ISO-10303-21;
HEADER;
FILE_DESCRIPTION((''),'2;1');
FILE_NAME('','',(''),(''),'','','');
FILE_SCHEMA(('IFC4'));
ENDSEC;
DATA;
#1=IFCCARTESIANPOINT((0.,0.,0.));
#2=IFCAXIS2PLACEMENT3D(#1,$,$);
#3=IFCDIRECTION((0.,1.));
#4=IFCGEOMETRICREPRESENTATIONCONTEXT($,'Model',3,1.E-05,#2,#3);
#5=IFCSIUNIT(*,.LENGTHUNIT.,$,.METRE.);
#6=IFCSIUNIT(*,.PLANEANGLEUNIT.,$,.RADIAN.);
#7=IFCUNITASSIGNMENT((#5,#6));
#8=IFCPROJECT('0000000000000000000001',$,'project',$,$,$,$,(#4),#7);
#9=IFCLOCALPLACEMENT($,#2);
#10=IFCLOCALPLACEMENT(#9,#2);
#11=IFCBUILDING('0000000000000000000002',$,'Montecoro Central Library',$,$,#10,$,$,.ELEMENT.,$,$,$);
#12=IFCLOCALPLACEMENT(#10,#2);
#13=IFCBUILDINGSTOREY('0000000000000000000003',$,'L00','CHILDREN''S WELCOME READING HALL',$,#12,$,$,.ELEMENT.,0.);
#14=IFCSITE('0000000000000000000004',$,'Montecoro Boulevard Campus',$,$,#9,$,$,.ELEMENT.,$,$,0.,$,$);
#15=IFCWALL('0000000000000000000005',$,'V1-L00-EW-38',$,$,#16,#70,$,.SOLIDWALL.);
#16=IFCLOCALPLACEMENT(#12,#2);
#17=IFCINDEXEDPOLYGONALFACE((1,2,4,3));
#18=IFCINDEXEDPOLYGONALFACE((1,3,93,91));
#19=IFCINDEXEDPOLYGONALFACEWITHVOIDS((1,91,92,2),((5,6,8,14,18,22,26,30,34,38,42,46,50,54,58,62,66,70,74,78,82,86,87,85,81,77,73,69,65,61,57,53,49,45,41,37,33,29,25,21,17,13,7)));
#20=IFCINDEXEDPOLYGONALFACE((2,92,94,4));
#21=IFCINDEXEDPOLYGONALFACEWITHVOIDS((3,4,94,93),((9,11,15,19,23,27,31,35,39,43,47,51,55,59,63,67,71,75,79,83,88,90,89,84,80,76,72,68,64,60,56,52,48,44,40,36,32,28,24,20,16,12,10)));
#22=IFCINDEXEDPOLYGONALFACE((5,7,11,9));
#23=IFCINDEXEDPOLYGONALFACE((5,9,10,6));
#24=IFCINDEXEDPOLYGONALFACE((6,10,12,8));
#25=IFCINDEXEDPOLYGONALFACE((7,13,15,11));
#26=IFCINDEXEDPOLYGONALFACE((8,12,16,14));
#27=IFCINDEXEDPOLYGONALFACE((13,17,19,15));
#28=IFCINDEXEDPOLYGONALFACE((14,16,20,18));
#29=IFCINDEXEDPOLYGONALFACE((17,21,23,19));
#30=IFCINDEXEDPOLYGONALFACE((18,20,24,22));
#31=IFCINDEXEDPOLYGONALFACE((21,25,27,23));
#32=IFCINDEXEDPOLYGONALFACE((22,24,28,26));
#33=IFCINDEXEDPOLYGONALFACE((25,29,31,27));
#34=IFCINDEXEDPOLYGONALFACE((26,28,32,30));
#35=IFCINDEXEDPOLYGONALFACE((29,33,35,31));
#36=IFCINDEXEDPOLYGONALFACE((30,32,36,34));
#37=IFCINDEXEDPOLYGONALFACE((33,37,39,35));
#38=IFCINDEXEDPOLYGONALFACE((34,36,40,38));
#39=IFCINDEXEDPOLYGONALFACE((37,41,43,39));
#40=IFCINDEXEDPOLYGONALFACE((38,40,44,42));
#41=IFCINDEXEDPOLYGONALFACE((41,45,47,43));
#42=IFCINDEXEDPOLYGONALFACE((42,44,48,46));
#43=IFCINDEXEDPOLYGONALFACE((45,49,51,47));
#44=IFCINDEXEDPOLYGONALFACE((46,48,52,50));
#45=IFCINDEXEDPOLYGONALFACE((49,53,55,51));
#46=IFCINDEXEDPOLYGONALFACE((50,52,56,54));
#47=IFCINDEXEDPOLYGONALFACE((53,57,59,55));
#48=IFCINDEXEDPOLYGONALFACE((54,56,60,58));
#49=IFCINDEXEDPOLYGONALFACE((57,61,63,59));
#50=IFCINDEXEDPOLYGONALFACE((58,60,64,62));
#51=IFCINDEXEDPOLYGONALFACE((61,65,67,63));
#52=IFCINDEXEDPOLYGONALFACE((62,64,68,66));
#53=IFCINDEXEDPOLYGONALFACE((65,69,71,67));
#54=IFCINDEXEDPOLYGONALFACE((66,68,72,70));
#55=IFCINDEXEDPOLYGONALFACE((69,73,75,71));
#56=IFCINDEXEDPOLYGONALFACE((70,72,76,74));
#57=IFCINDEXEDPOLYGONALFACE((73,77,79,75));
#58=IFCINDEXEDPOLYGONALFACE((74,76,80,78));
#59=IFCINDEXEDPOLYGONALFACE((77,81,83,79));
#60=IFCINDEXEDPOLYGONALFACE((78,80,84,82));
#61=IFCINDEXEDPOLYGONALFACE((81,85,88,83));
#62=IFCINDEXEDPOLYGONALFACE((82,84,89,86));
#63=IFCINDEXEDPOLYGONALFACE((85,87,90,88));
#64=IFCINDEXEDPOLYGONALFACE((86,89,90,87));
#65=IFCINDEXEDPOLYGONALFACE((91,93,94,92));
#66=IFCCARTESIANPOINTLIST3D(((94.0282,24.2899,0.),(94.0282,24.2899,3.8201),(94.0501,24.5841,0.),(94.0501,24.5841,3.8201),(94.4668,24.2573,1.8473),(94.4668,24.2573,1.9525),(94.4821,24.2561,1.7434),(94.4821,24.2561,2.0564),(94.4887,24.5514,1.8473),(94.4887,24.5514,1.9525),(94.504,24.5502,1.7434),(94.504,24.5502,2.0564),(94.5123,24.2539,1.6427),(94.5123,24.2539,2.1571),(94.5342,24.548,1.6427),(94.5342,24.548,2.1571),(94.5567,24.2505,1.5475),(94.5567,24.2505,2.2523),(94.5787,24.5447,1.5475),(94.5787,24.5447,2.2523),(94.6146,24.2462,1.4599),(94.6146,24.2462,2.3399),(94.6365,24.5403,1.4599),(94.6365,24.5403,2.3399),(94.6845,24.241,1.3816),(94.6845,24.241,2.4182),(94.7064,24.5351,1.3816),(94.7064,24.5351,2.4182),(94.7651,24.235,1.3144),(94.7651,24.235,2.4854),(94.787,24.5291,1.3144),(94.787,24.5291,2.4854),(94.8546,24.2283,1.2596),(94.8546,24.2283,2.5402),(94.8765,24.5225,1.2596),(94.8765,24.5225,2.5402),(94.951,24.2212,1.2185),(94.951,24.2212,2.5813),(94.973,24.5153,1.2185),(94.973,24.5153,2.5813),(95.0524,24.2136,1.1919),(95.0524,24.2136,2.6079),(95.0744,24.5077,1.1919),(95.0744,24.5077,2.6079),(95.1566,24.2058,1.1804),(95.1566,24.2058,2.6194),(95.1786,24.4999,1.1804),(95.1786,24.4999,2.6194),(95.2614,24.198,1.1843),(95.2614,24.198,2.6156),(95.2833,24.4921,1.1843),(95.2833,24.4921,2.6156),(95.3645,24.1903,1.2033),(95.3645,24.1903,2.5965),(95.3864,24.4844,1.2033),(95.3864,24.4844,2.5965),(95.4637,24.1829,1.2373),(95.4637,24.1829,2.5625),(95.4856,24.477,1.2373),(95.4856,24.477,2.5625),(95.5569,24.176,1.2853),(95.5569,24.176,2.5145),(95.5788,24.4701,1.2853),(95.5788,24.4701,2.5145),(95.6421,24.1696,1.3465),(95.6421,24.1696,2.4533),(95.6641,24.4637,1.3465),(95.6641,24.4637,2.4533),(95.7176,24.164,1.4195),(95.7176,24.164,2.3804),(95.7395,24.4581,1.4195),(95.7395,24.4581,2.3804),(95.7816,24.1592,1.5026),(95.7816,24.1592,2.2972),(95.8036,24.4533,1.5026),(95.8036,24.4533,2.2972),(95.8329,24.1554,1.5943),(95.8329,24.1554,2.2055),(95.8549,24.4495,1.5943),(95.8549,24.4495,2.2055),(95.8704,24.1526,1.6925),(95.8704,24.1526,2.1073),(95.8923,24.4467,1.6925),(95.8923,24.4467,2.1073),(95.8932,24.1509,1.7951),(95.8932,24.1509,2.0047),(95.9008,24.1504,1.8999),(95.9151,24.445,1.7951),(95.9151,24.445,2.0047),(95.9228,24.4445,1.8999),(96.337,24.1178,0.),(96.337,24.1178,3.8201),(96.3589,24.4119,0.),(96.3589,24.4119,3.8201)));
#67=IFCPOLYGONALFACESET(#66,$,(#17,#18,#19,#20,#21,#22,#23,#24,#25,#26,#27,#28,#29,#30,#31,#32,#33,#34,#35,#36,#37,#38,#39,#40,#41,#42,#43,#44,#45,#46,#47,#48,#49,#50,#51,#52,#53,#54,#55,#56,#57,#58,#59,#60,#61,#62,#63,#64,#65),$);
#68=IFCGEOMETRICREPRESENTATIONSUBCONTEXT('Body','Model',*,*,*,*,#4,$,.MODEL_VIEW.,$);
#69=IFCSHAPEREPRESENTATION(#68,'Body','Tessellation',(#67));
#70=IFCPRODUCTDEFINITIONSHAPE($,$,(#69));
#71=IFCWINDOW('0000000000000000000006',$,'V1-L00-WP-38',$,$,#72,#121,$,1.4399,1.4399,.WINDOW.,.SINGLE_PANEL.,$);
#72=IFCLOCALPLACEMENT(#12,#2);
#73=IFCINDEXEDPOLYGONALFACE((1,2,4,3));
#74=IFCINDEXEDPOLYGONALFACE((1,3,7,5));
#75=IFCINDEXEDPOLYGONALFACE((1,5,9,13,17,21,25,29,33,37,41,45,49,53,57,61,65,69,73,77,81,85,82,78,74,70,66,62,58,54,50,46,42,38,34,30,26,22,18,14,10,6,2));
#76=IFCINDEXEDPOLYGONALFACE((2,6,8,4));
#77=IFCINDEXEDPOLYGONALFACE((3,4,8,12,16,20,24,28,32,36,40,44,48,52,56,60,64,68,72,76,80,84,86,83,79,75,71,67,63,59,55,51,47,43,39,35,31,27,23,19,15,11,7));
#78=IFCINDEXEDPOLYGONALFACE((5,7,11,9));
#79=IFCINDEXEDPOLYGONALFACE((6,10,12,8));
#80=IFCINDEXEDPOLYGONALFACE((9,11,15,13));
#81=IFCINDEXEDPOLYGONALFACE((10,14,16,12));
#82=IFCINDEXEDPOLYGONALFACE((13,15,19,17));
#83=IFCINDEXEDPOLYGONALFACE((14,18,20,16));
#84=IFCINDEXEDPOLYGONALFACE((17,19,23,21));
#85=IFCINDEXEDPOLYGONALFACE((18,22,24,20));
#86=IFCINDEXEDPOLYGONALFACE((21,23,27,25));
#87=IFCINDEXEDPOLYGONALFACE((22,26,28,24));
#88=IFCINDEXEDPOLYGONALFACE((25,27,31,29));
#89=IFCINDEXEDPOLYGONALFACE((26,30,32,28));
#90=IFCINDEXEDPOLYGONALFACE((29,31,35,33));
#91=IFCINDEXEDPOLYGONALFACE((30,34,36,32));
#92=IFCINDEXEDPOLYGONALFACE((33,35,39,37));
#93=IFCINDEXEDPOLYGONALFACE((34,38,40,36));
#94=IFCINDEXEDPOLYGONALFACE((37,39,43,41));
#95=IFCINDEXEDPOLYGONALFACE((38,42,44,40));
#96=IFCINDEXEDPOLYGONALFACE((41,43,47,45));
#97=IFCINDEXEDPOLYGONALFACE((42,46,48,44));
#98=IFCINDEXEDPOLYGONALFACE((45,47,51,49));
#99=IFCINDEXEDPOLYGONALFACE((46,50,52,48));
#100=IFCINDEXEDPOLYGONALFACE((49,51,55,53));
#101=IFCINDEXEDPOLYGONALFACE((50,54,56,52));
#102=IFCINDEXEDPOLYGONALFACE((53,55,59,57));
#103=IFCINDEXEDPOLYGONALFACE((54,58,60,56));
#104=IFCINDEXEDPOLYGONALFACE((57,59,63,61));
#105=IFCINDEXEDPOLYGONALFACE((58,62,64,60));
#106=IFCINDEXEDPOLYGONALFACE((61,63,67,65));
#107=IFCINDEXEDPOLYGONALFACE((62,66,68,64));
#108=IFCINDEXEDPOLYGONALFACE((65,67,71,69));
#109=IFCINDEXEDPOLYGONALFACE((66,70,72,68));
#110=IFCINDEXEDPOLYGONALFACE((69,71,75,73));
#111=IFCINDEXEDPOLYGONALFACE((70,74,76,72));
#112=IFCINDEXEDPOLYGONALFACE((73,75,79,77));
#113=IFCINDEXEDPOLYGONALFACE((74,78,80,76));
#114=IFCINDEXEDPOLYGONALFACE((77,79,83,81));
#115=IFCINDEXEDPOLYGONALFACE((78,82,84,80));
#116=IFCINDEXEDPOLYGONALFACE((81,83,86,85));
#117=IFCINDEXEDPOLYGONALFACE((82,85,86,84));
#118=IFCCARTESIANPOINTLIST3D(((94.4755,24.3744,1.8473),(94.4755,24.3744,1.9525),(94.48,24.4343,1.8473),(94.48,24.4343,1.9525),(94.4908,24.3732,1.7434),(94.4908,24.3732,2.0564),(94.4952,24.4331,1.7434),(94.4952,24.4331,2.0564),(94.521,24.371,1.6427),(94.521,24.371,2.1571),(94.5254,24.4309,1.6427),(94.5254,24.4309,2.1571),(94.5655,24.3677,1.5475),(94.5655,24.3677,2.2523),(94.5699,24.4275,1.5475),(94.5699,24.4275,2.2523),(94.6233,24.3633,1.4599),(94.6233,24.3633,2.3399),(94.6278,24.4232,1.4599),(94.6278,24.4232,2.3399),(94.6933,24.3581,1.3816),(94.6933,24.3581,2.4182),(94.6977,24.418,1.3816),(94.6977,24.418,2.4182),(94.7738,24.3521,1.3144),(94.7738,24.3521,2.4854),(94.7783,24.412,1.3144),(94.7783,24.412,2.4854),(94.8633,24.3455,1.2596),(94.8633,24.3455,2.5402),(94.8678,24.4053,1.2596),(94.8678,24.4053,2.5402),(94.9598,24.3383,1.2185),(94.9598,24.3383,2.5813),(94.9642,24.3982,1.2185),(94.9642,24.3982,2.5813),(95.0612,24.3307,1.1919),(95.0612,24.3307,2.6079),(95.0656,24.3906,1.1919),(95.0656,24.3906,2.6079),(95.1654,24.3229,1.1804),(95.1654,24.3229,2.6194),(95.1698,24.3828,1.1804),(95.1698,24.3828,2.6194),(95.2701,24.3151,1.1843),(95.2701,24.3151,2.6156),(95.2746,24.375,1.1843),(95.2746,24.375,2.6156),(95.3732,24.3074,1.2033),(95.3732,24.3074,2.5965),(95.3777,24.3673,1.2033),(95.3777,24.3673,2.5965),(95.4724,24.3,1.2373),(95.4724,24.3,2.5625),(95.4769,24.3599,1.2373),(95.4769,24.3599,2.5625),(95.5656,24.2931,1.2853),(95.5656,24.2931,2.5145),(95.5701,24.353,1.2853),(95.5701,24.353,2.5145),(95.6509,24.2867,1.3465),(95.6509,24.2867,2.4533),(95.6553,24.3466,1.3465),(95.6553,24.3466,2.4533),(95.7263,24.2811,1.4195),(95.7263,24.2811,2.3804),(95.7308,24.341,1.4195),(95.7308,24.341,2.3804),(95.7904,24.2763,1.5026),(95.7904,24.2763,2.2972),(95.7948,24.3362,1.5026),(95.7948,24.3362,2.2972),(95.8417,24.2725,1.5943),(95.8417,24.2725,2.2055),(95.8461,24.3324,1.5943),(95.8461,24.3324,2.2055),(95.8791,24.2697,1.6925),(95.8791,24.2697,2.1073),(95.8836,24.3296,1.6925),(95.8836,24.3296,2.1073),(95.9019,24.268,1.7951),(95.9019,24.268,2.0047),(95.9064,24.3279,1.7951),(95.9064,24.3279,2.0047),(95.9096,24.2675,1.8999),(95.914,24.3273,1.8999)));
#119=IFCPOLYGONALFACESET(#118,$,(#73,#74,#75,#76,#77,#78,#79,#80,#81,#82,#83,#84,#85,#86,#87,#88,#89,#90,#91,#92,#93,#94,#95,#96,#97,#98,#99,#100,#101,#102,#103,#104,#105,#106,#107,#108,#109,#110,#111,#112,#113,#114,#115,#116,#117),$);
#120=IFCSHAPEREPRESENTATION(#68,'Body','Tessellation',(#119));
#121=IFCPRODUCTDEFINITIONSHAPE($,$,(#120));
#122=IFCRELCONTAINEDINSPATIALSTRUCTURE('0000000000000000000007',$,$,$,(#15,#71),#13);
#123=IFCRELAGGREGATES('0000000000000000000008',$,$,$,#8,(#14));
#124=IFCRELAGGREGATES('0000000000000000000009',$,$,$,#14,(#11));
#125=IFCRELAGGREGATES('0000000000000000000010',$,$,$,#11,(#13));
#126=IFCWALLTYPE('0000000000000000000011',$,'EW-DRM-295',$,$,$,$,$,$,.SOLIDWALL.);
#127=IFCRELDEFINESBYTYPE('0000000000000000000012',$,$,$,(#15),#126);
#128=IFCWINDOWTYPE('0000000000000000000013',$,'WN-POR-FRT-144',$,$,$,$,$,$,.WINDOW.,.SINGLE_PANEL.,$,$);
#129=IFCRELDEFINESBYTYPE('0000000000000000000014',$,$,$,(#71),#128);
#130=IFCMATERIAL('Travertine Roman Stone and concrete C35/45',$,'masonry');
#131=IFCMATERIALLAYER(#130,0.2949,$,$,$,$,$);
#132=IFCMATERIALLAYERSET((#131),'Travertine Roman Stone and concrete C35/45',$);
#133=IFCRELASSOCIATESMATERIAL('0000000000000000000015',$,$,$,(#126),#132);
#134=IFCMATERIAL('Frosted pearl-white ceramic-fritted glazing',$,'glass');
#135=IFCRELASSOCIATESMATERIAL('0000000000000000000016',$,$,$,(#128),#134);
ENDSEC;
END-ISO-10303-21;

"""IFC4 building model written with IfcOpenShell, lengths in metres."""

from ifc_helpers import new_model, si_unit, direction, frame, frame_2d, origin, place, context, subcontext, project, spatial, rectangle, circle, extrude, material, layer, layer_set, type_object, element, fill, save


model = new_model("IFC4")

# Units and contexts
model_context = context("Model", 3, precision=1e-05, world=origin(), true_north=direction((0.0, 1.0)))
body_context = subcontext(model_context, "Body", "Model", "MODEL_VIEW")
ifc_project = project(units=[si_unit("LENGTHUNIT", "METRE"), si_unit("PLANEANGLEUNIT", "RADIAN")], contexts=[model_context])

# Site, building, storey
site_placement = place(None, origin())
site = spatial("IfcSite", under=ifc_project, at=site_placement, Name="Montecoro Boulevard Campus", CompositionType="ELEMENT", RefElevation=0.0)
building_placement = place(site_placement, origin())
building = spatial("IfcBuilding", under=site, at=building_placement, Name="Montecoro Central Library", CompositionType="ELEMENT")
storey_placement = place(building_placement, origin())
storey = spatial("IfcBuildingStorey", under=building, at=storey_placement, Name="L00", Description="CHILDREN'S WELCOME READING HALL", CompositionType="ELEMENT", Elevation=0.0)

# Wall, opening, window
ifc_material_1 = material(Name="Travertine Roman Stone and concrete C35/45", Category="masonry")
ifc_layer_1 = layer(ifc_material_1, 0.2949)
ifc_layer_set_1 = layer_set([ifc_layer_1], Name="Travertine Roman Stone and concrete C35/45")
wall_type = type_object("IfcWallType", Name="EW-DRM-295", PredefinedType="SOLIDWALL", material=ifc_layer_set_1)
wall_1_placement = place(storey_placement, frame((94.0391, 24.437, 0.0), z_axis=(0.0, 0.0, 1.0), x_axis=(0.997233, -0.074342, 0.0)))
wall_1 = element("IfcWall", 1, at=wall_1_placement, inside=storey, type_object=wall_type, Name="V1-L00-EW-38", PredefinedType="SOLIDWALL", context=body_context, shape_type="SweptSolid", body=[
    extrude(rectangle(XDim=2.3152, YDim=0.2949, at=frame_2d((1.1577, 0.0))), origin(), (0.0, 0.0, 1.0), 3.8201),
])
opening_1_placement = place(wall_1_placement, frame((0.438, 0.0, 1.1799)))
opening_1 = element("IfcOpeningElement", 2, at=opening_1_placement, cuts=wall_1, PredefinedType="OPENING", context=body_context, shape_type="SweptSolid", body=[
    extrude(circle(Radius=0.72, at=frame_2d((0.72, 0.72))), frame((0.0, 0.1575, 0.0), z_axis=(0.0, -1.0, 0.0), x_axis=(1.0, 0.0, 0.0)), (0.0, 0.0, 1.0), 0.3149),
])
ifc_material_2 = material(Name="Frosted pearl-white ceramic-fritted glazing", Category="glass")
window_type_1 = type_object("IfcWindowType", Name="WN-POR-FRT-144", PartitioningType="SINGLE_PANEL", PredefinedType="WINDOW", material=ifc_material_2)
window_1_placement = place(opening_1_placement, origin())
window_1 = element("IfcWindow", 3, at=window_1_placement, inside=storey, type_object=window_type_1, Name="V1-L00-WP-38", OverallHeight=1.4399, OverallWidth=1.4399, PartitioningType="SINGLE_PANEL", PredefinedType="WINDOW", context=body_context, shape_type="SweptSolid", body=[
    extrude(circle(Radius=0.72, at=frame_2d((0.72, 0.72))), frame((0.0, 0.03, 0.0), z_axis=(0.0, -1.0, 0.0), x_axis=(1.0, 0.0, 0.0)), (0.0, 0.0, 1.0), 0.0601),
])
fill(opening_1, window_1)

save(model, "model.ifc")
